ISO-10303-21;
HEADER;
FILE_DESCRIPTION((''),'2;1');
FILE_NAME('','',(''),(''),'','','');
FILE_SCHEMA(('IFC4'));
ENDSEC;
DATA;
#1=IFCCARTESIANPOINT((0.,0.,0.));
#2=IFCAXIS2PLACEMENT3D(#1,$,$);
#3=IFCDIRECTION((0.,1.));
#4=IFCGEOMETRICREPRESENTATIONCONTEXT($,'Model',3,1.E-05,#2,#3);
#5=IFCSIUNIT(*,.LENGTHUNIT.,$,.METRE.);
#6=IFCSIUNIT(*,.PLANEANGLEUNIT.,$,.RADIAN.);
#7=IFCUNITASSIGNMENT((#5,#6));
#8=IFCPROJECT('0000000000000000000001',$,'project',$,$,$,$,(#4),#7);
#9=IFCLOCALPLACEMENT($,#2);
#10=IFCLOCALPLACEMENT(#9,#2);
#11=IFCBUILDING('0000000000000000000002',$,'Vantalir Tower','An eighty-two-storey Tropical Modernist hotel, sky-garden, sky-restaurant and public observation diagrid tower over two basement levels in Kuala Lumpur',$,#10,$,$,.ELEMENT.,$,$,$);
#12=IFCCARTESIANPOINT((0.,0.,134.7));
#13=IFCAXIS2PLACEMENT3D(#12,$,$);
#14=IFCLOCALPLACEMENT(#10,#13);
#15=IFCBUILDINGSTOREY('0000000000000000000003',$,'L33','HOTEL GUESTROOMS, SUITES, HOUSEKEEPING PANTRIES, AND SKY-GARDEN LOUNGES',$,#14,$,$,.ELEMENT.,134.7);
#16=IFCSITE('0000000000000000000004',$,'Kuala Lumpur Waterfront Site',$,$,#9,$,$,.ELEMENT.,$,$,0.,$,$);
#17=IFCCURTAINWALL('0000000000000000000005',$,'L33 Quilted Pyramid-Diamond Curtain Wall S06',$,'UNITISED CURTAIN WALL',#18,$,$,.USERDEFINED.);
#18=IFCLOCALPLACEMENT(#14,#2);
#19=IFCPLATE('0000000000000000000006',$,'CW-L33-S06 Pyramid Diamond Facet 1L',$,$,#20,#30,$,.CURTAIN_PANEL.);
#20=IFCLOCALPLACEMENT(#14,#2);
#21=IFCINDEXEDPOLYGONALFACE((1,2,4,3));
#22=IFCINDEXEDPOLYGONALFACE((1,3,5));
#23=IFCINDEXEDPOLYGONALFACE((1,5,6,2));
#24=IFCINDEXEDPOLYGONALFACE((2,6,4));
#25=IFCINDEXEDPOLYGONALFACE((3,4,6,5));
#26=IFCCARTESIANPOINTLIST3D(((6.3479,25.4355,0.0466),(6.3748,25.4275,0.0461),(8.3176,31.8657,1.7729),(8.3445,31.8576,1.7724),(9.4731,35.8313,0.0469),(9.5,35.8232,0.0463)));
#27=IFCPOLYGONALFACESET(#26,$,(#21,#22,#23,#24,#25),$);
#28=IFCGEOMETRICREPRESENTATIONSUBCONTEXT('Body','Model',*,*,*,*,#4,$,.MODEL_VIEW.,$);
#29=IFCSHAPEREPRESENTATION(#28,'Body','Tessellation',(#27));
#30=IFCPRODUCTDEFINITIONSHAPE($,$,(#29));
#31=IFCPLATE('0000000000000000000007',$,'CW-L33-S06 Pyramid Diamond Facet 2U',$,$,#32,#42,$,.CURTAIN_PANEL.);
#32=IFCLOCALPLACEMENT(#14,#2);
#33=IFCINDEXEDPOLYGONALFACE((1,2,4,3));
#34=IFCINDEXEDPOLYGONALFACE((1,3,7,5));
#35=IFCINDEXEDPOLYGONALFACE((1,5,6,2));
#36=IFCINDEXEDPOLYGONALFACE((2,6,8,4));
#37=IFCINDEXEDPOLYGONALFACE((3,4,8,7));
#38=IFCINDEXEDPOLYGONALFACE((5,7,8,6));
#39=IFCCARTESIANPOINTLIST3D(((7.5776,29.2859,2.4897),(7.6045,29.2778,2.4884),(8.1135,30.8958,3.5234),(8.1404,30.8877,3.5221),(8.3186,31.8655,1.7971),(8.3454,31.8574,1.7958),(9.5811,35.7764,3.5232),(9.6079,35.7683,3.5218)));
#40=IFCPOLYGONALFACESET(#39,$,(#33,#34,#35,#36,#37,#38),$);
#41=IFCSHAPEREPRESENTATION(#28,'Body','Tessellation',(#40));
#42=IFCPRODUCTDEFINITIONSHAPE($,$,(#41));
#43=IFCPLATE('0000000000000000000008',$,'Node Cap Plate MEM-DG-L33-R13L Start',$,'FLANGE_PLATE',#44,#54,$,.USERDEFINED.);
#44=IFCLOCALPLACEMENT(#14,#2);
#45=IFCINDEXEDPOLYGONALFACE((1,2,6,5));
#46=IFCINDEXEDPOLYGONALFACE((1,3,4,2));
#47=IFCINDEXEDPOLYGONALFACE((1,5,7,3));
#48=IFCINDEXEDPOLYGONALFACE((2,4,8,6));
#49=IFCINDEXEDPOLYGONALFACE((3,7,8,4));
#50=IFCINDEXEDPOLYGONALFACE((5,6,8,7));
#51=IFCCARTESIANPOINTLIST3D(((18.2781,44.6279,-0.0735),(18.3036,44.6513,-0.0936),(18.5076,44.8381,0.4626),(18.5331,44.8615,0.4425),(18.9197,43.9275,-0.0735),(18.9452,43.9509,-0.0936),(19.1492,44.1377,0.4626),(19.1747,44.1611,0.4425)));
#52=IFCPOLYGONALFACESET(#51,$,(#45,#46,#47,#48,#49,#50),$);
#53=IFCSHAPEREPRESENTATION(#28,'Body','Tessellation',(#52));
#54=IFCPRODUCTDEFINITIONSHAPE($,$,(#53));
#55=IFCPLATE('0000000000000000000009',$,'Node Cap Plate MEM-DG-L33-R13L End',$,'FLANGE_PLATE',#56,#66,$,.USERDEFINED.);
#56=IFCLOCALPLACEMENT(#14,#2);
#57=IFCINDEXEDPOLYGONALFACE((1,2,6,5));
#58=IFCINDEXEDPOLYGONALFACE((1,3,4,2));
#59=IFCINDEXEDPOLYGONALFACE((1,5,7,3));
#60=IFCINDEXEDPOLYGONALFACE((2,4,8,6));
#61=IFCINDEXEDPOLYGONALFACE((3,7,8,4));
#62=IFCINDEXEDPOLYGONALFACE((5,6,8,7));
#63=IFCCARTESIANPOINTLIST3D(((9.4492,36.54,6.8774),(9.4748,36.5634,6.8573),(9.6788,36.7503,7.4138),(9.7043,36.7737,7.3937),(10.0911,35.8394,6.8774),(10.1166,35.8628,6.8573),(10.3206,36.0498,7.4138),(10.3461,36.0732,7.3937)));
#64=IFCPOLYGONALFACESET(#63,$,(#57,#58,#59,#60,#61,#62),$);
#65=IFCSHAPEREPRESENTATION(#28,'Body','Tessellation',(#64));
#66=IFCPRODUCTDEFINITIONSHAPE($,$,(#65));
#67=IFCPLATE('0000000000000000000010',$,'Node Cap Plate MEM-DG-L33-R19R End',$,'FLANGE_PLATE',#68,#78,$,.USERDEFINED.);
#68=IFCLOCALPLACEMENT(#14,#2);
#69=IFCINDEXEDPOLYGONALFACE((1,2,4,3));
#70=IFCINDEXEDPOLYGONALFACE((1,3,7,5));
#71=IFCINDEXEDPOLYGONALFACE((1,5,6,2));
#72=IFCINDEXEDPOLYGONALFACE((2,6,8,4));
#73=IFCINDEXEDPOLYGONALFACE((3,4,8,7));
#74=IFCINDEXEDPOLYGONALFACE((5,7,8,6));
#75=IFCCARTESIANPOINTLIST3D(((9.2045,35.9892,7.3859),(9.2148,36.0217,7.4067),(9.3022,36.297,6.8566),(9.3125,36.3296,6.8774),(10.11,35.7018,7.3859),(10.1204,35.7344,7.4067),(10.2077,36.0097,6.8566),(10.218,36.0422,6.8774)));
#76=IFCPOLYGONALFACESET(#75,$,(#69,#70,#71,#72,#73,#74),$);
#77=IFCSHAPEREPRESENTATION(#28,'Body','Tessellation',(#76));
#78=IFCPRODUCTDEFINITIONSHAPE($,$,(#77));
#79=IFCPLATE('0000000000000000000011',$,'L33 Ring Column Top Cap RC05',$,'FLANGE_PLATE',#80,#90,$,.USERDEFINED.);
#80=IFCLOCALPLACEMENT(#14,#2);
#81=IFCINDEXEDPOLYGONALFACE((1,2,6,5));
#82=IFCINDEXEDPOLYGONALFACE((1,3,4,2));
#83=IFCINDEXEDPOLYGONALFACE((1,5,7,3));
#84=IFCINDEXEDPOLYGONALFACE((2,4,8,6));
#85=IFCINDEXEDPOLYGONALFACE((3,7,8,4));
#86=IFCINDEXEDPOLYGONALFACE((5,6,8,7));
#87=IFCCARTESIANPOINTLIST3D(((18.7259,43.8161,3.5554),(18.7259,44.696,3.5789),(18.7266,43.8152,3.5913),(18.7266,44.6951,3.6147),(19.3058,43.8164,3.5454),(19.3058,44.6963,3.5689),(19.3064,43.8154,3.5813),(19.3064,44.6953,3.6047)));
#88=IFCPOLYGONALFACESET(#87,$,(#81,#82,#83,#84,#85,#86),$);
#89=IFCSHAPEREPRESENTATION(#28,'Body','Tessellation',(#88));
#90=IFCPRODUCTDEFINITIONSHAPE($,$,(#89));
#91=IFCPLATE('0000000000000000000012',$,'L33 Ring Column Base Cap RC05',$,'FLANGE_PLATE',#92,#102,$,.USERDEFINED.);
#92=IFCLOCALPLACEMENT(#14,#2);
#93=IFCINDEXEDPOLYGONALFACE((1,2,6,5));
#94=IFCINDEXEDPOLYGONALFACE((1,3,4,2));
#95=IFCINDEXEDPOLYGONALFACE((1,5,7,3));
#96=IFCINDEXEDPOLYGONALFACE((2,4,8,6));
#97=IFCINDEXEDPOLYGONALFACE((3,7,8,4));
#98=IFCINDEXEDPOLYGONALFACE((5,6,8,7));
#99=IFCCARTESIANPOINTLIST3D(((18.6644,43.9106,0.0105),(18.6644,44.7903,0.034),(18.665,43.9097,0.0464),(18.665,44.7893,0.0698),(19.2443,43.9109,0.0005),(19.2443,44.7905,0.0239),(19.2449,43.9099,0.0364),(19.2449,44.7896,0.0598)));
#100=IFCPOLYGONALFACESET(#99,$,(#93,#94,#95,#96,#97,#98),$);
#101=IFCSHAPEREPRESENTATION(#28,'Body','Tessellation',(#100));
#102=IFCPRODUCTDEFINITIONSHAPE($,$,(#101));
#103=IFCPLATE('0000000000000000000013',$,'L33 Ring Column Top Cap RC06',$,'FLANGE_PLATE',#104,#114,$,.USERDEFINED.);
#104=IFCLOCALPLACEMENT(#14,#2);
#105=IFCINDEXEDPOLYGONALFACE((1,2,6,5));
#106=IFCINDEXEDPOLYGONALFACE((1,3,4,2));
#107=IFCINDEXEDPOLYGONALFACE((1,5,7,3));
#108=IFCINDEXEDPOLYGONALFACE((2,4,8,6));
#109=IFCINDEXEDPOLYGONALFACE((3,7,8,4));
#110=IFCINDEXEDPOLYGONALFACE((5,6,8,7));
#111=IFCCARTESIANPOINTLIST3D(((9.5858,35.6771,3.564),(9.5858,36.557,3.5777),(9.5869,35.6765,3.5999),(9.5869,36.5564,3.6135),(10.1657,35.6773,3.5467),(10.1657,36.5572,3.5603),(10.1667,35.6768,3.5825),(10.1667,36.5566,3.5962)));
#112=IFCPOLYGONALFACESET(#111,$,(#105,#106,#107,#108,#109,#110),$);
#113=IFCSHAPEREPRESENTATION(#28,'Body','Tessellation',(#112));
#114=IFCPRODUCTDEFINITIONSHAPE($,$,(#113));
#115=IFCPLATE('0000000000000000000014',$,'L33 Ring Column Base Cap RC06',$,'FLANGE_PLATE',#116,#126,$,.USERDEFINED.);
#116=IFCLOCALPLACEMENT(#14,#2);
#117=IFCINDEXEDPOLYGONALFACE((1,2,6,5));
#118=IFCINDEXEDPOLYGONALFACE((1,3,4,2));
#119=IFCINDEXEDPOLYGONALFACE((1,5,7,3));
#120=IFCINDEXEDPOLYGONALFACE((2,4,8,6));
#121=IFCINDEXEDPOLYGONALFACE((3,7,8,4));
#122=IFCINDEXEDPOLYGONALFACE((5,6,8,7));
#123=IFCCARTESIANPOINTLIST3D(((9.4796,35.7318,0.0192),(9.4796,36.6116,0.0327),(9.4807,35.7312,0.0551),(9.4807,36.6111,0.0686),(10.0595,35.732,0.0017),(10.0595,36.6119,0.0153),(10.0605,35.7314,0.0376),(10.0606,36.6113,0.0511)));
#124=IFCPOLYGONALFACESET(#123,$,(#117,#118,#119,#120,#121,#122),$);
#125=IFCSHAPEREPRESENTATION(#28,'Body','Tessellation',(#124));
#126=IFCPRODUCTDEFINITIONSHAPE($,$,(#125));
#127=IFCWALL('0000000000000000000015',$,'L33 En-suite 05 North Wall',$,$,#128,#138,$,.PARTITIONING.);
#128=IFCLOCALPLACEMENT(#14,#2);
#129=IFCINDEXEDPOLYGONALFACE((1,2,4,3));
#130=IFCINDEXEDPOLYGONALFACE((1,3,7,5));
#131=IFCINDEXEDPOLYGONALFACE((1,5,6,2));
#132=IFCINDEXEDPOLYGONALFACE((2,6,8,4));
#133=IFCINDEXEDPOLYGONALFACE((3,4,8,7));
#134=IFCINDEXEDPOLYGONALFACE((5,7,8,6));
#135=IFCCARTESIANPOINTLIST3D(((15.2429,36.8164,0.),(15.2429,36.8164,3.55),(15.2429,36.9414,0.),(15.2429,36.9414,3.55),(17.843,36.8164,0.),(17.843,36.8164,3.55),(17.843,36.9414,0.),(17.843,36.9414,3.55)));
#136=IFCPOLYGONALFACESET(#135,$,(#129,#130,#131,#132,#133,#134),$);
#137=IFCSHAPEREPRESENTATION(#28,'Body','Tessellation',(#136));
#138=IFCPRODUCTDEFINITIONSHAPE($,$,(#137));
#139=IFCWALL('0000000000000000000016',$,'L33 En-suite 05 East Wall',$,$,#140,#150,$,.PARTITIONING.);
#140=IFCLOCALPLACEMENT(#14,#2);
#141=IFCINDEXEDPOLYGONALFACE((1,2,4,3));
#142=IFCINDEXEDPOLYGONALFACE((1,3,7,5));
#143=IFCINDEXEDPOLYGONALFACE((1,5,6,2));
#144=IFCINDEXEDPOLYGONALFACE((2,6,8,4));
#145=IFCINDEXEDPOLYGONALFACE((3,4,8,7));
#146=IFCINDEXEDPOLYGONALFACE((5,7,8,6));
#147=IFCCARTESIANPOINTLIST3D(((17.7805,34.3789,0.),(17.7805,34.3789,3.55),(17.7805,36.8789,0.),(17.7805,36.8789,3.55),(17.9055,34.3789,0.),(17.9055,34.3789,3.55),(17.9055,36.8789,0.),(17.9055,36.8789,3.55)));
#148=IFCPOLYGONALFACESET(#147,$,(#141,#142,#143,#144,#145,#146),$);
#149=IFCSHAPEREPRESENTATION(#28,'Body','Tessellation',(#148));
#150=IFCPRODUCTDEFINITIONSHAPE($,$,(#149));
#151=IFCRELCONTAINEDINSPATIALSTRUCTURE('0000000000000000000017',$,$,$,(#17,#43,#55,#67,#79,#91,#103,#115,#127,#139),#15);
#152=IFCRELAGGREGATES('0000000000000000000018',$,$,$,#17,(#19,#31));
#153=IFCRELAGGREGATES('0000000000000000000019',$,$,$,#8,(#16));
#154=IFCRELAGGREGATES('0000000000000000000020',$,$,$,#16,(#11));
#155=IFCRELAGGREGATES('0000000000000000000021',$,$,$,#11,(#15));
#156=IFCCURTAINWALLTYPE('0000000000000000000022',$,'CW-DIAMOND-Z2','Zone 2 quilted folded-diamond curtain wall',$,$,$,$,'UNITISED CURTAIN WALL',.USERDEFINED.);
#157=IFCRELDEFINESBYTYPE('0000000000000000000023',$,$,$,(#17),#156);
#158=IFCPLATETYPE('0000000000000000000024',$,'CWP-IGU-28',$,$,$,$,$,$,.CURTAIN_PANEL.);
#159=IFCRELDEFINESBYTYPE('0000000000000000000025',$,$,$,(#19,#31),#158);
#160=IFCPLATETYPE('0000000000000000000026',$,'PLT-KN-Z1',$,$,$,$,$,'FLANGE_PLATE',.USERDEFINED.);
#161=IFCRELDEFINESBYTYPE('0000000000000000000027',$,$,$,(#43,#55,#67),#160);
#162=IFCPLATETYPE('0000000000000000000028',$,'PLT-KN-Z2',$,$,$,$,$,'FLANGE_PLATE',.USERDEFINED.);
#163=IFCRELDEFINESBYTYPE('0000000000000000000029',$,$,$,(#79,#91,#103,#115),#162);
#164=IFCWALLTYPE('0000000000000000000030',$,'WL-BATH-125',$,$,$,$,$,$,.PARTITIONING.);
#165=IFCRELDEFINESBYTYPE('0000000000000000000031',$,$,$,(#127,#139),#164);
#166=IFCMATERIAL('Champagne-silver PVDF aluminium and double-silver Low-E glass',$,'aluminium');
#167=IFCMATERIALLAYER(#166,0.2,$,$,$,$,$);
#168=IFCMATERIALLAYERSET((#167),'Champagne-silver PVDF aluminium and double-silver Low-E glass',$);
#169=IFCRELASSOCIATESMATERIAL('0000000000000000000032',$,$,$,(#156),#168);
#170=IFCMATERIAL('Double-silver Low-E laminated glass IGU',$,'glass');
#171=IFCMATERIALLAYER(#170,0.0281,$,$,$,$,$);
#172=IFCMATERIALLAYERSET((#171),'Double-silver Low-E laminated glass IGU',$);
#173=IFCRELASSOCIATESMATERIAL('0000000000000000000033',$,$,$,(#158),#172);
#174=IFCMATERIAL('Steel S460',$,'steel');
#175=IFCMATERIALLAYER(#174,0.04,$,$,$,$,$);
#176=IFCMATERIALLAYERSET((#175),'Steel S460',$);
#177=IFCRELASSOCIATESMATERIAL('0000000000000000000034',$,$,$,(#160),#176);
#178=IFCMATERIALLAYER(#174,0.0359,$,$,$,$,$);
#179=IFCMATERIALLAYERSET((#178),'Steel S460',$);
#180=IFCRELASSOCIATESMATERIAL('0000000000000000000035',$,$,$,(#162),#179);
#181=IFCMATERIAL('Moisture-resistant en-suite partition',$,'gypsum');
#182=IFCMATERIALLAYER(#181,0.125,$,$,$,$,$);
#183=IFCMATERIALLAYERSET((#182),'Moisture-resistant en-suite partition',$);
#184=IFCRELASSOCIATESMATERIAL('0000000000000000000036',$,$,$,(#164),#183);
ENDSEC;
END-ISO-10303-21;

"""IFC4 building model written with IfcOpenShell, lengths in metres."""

from ifc_helpers import new_model, si_unit, direction, frame, frame_2d, origin, place, context, subcontext, project, spatial, polyline, rectangle, outline, extrude, material, layer, layer_set, type_object, element, aggregate, save


model = new_model("IFC4")

# Units and contexts
model_context = context("Model", 3, precision=1e-05, world=origin(), true_north=direction((0.0, 1.0)))
body_context = subcontext(model_context, "Body", "Model", "MODEL_VIEW")
ifc_project = project(units=[si_unit("LENGTHUNIT", "METRE"), si_unit("PLANEANGLEUNIT", "RADIAN")], contexts=[model_context])

# Site, building, storey
site_placement = place(None, origin())
site = spatial("IfcSite", under=ifc_project, at=site_placement, Name="Kuala Lumpur Waterfront Site", CompositionType="ELEMENT", RefElevation=0.0)
building_placement = place(site_placement, origin())
building = spatial("IfcBuilding", under=site, at=building_placement, Name="Vantalir Tower", Description="An eighty-two-storey Tropical Modernist hotel, sky-garden, sky-restaurant and public observation diagrid tower over two basement levels in Kuala Lumpur", CompositionType="ELEMENT")
storey_placement = place(building_placement, frame((0.0, 0.0, 134.7)))
storey = spatial("IfcBuildingStorey", under=building, at=storey_placement, Name="L33", Description="HOTEL GUESTROOMS, SUITES, HOUSEKEEPING PANTRIES, AND SKY-GARDEN LOUNGES", CompositionType="ELEMENT", Elevation=134.7)

# Shared definitions
ifc_material_1 = material(Name="Steel S460", Category="steel")

# Shared definitions
ifc_material_2 = material(Name="Champagne-silver PVDF aluminium and double-silver Low-E glass", Category="aluminium")
ifc_layer_1 = layer(ifc_material_2, 0.2)
ifc_layer_set_1 = layer_set([ifc_layer_1], Name="Champagne-silver PVDF aluminium and double-silver Low-E glass")
curtain_wall_type = type_object("IfcCurtainWallType", Name="CW-DIAMOND-Z2", Description="Zone 2 quilted folded-diamond curtain wall", ElementType="UNITISED CURTAIN WALL", PredefinedType="USERDEFINED", material=ifc_layer_set_1)

# Curtain wall
curtain_wall_1_placement = place(storey_placement, origin())
curtain_wall_1 = element("IfcCurtainWall", 1, at=curtain_wall_1_placement, inside=storey, type_object=curtain_wall_type, Name="L33 Quilted Pyramid-Diamond Curtain Wall S06", ObjectType="UNITISED CURTAIN WALL", PredefinedType="USERDEFINED")

# Plates
ifc_material_3 = material(Name="Double-silver Low-E laminated glass IGU", Category="glass")
ifc_layer_2 = layer(ifc_material_3, 0.0281)
ifc_layer_set_2 = layer_set([ifc_layer_2], Name="Double-silver Low-E laminated glass IGU")
plate_type_1 = type_object("IfcPlateType", Name="CWP-IGU-28", PredefinedType="CURTAIN_PANEL", material=ifc_layer_set_2)
plate_1_placement = place(storey_placement, frame((9.4731, 35.8313, 0.0469), z_axis=(-0.957463, 0.287839, 0.020324), x_axis=(-0.287899, -0.957661, -0.000022)))
plate_1 = element("IfcPlate", 2, at=plate_1_placement, type_object=plate_type_1, Name="CW-L33-S06 Pyramid Diamond Facet 1L", PredefinedType="CURTAIN_PANEL", context=body_context, shape_type="SweptSolid", body=[
    extrude(outline(polyline([(0.0, 0.0), (10.8554, 0.0), (4.1303, 1.7265), (0.0, 0.0)])), origin(), (0.0, 0.0, -1.0), 0.0281),
])
plate_2_placement = place(storey_placement, frame((9.5811, 35.7764, 3.5232), z_axis=(-0.956543, 0.287624, 0.047935), x_axis=(-0.287953, -0.957645, 0.000048)))
plate_2 = element("IfcPlate", 3, at=plate_2_placement, type_object=plate_type_1, Name="CW-L33-S06 Pyramid Diamond Facet 2U", PredefinedType="CURTAIN_PANEL", context=body_context, shape_type="SweptSolid", body=[
    extrude(outline(polyline([(0.0, 0.0), (5.0965, 0.0), (6.7924, -1.035), (4.1087, -1.7283), (0.0, 0.0)])), origin(), (0.0, 0.0, -1.0), 0.0281),
])
aggregate(curtain_wall_1, [plate_1, plate_2])

# Plates
ifc_layer_3 = layer(ifc_material_1, 0.04)
ifc_layer_set_3 = layer_set([ifc_layer_3], Name="Steel S460")
plate_type_2 = type_object("IfcPlateType", Name="PLT-KN-Z1", ElementType="FLANGE_PLATE", PredefinedType="USERDEFINED", material=ifc_layer_set_3)
plate_3_placement = place(storey_placement, frame((18.2781, 44.6279, -0.0735), z_axis=(-0.637742, -0.584171, 0.502026), x_axis=(0.675457, -0.737399, 0.0)))
element("IfcPlate", 4, at=plate_3_placement, inside=storey, type_object=plate_type_2, Name="Node Cap Plate MEM-DG-L33-R13L Start", ObjectType="FLANGE_PLATE", PredefinedType="USERDEFINED", context=body_context, shape_type="SweptSolid", body=[
    extrude(outline(polyline([(0.0, 0.0), (0.9499, 0.0), (0.9499, 0.6199), (0.0, 0.6199), (0.0, 0.0)])), origin(), (0.0, 0.0, -1.0), 0.04),
])
plate_4_placement = place(storey_placement, frame((9.4492, 36.54, 6.8774), z_axis=(-0.637713, -0.584264, 0.501954), x_axis=(0.675516, -0.737345, -0.000038)))
element("IfcPlate", 5, at=plate_4_placement, inside=storey, type_object=plate_type_2, Name="Node Cap Plate MEM-DG-L33-R13L End", ObjectType="FLANGE_PLATE", PredefinedType="USERDEFINED", context=body_context, shape_type="SweptSolid", body=[
    extrude(outline(polyline([(0.0, 0.0), (0.9502, 0.0), (0.9501, 0.6202), (0.0, 0.6201), (0.0, 0.0)])), origin(), (0.0, 0.0, -1.0), 0.04),
])
plate_5_placement = place(storey_placement, frame((10.218, 36.0422, 6.8774), z_axis=(0.258198, 0.813641, 0.520886), x_axis=(-0.953158, 0.302472, 0.0)))
element("IfcPlate", 6, at=plate_5_placement, inside=storey, type_object=plate_type_2, Name="Node Cap Plate MEM-DG-L33-R19R End", ObjectType="FLANGE_PLATE", PredefinedType="USERDEFINED", context=body_context, shape_type="SweptSolid", body=[
    extrude(outline(polyline([(0.0, 0.0), (0.95, 0.0), (0.95, 0.6201), (0.0, 0.6201), (0.0, 0.0)])), origin(), (0.0, 0.0, -1.0), 0.04),
])
ifc_layer_4 = layer(ifc_material_1, 0.0359)
ifc_layer_set_4 = layer_set([ifc_layer_4], Name="Steel S460")
plate_type_3 = type_object("IfcPlateType", Name="PLT-KN-Z2", ElementType="FLANGE_PLATE", PredefinedType="USERDEFINED", material=ifc_layer_set_4)
plate_6_placement = place(storey_placement, frame((18.7266, 44.6951, 3.6147), z_axis=(0.017266, -0.026624, 0.999496), x_axis=(0.0, -0.999645, -0.026628)))
element("IfcPlate", 7, at=plate_6_placement, inside=storey, type_object=plate_type_3, Name="L33 Ring Column Top Cap RC05", ObjectType="FLANGE_PLATE", PredefinedType="USERDEFINED", context=body_context, shape_type="SweptSolid", body=[
    extrude(outline(polyline([(0.0, 0.0), (0.8802, 0.0), (0.8802, 0.5799), (0.0, 0.5799), (0.0, 0.0)])), origin(), (0.0, 0.0, -1.0), 0.0359),
])
plate_7_placement = place(storey_placement, frame((18.665, 44.7893, 0.0698), z_axis=(0.017266, -0.026631, 0.999496), x_axis=(0.0, -0.999645, -0.026635)))
element("IfcPlate", 8, at=plate_7_placement, inside=storey, type_object=plate_type_3, Name="L33 Ring Column Base Cap RC05", ObjectType="FLANGE_PLATE", PredefinedType="USERDEFINED", context=body_context, shape_type="SweptSolid", body=[
    extrude(outline(polyline([(0.0, 0.0), (0.88, 0.0), (0.88, 0.5799), (0.0, 0.5799), (0.0, 0.0)])), origin(), (0.0, 0.0, -1.0), 0.0359),
])
plate_8_placement = place(storey_placement, frame((9.5869, 36.5564, 3.6135), z_axis=(0.029884, -0.015529, 0.999433), x_axis=(0.0, -0.999879, -0.015536)))
element("IfcPlate", 9, at=plate_8_placement, inside=storey, type_object=plate_type_3, Name="L33 Ring Column Top Cap RC06", ObjectType="FLANGE_PLATE", PredefinedType="USERDEFINED", context=body_context, shape_type="SweptSolid", body=[
    extrude(outline(polyline([(0.0, 0.0), (0.88, 0.0), (0.88, 0.5801), (0.0, 0.5801), (0.0, 0.0)])), origin(), (0.0, 0.0, -1.0), 0.0359),
])
plate_9_placement = place(storey_placement, frame((9.4807, 36.6111, 0.0686), z_axis=(0.030095, -0.015391, 0.999429), x_axis=(0.000004, -0.999881, -0.015398)))
element("IfcPlate", 10, at=plate_9_placement, inside=storey, type_object=plate_type_3, Name="L33 Ring Column Base Cap RC06", ObjectType="FLANGE_PLATE", PredefinedType="USERDEFINED", context=body_context, shape_type="SweptSolid", body=[
    extrude(outline(polyline([(0.0, 0.0), (0.88, 0.0), (0.88, 0.5801), (0.0, 0.5801), (0.0, 0.0)])), origin(), (0.0, 0.0, -1.0), 0.0359),
])

# Walls
ifc_material_4 = material(Name="Moisture-resistant en-suite partition", Category="gypsum")
ifc_layer_5 = layer(ifc_material_4, 0.125)
ifc_layer_set_5 = layer_set([ifc_layer_5], Name="Moisture-resistant en-suite partition")
wall_type = type_object("IfcWallType", Name="WL-BATH-125", PredefinedType="PARTITIONING", material=ifc_layer_set_5)
wall_1_placement = place(storey_placement, frame((15.2429, 36.8789, 0.0), z_axis=(0.0, 0.0, 1.0), x_axis=(1.0, 0.0, 0.0)))
element("IfcWall", 11, at=wall_1_placement, inside=storey, type_object=wall_type, Name="L33 En-suite 05 North Wall", PredefinedType="PARTITIONING", context=body_context, shape_type="SweptSolid", body=[
    extrude(rectangle(XDim=2.6001, YDim=0.125, at=frame_2d((1.3, 0.0))), origin(), (0.0, 0.0, 1.0), 3.55),
])
wall_2_placement = place(storey_placement, frame((17.843, 34.3789, 0.0), z_axis=(0.0, 0.0, 1.0), x_axis=(0.0, 1.0, 0.0)))
element("IfcWall", 12, at=wall_2_placement, inside=storey, type_object=wall_type, Name="L33 En-suite 05 East Wall", PredefinedType="PARTITIONING", context=body_context, shape_type="SweptSolid", body=[
    extrude(rectangle(XDim=2.5, YDim=0.125, at=frame_2d((1.25, 0.0))), origin(), (0.0, 0.0, 1.0), 3.55),
])

save(model, "model.ifc")
